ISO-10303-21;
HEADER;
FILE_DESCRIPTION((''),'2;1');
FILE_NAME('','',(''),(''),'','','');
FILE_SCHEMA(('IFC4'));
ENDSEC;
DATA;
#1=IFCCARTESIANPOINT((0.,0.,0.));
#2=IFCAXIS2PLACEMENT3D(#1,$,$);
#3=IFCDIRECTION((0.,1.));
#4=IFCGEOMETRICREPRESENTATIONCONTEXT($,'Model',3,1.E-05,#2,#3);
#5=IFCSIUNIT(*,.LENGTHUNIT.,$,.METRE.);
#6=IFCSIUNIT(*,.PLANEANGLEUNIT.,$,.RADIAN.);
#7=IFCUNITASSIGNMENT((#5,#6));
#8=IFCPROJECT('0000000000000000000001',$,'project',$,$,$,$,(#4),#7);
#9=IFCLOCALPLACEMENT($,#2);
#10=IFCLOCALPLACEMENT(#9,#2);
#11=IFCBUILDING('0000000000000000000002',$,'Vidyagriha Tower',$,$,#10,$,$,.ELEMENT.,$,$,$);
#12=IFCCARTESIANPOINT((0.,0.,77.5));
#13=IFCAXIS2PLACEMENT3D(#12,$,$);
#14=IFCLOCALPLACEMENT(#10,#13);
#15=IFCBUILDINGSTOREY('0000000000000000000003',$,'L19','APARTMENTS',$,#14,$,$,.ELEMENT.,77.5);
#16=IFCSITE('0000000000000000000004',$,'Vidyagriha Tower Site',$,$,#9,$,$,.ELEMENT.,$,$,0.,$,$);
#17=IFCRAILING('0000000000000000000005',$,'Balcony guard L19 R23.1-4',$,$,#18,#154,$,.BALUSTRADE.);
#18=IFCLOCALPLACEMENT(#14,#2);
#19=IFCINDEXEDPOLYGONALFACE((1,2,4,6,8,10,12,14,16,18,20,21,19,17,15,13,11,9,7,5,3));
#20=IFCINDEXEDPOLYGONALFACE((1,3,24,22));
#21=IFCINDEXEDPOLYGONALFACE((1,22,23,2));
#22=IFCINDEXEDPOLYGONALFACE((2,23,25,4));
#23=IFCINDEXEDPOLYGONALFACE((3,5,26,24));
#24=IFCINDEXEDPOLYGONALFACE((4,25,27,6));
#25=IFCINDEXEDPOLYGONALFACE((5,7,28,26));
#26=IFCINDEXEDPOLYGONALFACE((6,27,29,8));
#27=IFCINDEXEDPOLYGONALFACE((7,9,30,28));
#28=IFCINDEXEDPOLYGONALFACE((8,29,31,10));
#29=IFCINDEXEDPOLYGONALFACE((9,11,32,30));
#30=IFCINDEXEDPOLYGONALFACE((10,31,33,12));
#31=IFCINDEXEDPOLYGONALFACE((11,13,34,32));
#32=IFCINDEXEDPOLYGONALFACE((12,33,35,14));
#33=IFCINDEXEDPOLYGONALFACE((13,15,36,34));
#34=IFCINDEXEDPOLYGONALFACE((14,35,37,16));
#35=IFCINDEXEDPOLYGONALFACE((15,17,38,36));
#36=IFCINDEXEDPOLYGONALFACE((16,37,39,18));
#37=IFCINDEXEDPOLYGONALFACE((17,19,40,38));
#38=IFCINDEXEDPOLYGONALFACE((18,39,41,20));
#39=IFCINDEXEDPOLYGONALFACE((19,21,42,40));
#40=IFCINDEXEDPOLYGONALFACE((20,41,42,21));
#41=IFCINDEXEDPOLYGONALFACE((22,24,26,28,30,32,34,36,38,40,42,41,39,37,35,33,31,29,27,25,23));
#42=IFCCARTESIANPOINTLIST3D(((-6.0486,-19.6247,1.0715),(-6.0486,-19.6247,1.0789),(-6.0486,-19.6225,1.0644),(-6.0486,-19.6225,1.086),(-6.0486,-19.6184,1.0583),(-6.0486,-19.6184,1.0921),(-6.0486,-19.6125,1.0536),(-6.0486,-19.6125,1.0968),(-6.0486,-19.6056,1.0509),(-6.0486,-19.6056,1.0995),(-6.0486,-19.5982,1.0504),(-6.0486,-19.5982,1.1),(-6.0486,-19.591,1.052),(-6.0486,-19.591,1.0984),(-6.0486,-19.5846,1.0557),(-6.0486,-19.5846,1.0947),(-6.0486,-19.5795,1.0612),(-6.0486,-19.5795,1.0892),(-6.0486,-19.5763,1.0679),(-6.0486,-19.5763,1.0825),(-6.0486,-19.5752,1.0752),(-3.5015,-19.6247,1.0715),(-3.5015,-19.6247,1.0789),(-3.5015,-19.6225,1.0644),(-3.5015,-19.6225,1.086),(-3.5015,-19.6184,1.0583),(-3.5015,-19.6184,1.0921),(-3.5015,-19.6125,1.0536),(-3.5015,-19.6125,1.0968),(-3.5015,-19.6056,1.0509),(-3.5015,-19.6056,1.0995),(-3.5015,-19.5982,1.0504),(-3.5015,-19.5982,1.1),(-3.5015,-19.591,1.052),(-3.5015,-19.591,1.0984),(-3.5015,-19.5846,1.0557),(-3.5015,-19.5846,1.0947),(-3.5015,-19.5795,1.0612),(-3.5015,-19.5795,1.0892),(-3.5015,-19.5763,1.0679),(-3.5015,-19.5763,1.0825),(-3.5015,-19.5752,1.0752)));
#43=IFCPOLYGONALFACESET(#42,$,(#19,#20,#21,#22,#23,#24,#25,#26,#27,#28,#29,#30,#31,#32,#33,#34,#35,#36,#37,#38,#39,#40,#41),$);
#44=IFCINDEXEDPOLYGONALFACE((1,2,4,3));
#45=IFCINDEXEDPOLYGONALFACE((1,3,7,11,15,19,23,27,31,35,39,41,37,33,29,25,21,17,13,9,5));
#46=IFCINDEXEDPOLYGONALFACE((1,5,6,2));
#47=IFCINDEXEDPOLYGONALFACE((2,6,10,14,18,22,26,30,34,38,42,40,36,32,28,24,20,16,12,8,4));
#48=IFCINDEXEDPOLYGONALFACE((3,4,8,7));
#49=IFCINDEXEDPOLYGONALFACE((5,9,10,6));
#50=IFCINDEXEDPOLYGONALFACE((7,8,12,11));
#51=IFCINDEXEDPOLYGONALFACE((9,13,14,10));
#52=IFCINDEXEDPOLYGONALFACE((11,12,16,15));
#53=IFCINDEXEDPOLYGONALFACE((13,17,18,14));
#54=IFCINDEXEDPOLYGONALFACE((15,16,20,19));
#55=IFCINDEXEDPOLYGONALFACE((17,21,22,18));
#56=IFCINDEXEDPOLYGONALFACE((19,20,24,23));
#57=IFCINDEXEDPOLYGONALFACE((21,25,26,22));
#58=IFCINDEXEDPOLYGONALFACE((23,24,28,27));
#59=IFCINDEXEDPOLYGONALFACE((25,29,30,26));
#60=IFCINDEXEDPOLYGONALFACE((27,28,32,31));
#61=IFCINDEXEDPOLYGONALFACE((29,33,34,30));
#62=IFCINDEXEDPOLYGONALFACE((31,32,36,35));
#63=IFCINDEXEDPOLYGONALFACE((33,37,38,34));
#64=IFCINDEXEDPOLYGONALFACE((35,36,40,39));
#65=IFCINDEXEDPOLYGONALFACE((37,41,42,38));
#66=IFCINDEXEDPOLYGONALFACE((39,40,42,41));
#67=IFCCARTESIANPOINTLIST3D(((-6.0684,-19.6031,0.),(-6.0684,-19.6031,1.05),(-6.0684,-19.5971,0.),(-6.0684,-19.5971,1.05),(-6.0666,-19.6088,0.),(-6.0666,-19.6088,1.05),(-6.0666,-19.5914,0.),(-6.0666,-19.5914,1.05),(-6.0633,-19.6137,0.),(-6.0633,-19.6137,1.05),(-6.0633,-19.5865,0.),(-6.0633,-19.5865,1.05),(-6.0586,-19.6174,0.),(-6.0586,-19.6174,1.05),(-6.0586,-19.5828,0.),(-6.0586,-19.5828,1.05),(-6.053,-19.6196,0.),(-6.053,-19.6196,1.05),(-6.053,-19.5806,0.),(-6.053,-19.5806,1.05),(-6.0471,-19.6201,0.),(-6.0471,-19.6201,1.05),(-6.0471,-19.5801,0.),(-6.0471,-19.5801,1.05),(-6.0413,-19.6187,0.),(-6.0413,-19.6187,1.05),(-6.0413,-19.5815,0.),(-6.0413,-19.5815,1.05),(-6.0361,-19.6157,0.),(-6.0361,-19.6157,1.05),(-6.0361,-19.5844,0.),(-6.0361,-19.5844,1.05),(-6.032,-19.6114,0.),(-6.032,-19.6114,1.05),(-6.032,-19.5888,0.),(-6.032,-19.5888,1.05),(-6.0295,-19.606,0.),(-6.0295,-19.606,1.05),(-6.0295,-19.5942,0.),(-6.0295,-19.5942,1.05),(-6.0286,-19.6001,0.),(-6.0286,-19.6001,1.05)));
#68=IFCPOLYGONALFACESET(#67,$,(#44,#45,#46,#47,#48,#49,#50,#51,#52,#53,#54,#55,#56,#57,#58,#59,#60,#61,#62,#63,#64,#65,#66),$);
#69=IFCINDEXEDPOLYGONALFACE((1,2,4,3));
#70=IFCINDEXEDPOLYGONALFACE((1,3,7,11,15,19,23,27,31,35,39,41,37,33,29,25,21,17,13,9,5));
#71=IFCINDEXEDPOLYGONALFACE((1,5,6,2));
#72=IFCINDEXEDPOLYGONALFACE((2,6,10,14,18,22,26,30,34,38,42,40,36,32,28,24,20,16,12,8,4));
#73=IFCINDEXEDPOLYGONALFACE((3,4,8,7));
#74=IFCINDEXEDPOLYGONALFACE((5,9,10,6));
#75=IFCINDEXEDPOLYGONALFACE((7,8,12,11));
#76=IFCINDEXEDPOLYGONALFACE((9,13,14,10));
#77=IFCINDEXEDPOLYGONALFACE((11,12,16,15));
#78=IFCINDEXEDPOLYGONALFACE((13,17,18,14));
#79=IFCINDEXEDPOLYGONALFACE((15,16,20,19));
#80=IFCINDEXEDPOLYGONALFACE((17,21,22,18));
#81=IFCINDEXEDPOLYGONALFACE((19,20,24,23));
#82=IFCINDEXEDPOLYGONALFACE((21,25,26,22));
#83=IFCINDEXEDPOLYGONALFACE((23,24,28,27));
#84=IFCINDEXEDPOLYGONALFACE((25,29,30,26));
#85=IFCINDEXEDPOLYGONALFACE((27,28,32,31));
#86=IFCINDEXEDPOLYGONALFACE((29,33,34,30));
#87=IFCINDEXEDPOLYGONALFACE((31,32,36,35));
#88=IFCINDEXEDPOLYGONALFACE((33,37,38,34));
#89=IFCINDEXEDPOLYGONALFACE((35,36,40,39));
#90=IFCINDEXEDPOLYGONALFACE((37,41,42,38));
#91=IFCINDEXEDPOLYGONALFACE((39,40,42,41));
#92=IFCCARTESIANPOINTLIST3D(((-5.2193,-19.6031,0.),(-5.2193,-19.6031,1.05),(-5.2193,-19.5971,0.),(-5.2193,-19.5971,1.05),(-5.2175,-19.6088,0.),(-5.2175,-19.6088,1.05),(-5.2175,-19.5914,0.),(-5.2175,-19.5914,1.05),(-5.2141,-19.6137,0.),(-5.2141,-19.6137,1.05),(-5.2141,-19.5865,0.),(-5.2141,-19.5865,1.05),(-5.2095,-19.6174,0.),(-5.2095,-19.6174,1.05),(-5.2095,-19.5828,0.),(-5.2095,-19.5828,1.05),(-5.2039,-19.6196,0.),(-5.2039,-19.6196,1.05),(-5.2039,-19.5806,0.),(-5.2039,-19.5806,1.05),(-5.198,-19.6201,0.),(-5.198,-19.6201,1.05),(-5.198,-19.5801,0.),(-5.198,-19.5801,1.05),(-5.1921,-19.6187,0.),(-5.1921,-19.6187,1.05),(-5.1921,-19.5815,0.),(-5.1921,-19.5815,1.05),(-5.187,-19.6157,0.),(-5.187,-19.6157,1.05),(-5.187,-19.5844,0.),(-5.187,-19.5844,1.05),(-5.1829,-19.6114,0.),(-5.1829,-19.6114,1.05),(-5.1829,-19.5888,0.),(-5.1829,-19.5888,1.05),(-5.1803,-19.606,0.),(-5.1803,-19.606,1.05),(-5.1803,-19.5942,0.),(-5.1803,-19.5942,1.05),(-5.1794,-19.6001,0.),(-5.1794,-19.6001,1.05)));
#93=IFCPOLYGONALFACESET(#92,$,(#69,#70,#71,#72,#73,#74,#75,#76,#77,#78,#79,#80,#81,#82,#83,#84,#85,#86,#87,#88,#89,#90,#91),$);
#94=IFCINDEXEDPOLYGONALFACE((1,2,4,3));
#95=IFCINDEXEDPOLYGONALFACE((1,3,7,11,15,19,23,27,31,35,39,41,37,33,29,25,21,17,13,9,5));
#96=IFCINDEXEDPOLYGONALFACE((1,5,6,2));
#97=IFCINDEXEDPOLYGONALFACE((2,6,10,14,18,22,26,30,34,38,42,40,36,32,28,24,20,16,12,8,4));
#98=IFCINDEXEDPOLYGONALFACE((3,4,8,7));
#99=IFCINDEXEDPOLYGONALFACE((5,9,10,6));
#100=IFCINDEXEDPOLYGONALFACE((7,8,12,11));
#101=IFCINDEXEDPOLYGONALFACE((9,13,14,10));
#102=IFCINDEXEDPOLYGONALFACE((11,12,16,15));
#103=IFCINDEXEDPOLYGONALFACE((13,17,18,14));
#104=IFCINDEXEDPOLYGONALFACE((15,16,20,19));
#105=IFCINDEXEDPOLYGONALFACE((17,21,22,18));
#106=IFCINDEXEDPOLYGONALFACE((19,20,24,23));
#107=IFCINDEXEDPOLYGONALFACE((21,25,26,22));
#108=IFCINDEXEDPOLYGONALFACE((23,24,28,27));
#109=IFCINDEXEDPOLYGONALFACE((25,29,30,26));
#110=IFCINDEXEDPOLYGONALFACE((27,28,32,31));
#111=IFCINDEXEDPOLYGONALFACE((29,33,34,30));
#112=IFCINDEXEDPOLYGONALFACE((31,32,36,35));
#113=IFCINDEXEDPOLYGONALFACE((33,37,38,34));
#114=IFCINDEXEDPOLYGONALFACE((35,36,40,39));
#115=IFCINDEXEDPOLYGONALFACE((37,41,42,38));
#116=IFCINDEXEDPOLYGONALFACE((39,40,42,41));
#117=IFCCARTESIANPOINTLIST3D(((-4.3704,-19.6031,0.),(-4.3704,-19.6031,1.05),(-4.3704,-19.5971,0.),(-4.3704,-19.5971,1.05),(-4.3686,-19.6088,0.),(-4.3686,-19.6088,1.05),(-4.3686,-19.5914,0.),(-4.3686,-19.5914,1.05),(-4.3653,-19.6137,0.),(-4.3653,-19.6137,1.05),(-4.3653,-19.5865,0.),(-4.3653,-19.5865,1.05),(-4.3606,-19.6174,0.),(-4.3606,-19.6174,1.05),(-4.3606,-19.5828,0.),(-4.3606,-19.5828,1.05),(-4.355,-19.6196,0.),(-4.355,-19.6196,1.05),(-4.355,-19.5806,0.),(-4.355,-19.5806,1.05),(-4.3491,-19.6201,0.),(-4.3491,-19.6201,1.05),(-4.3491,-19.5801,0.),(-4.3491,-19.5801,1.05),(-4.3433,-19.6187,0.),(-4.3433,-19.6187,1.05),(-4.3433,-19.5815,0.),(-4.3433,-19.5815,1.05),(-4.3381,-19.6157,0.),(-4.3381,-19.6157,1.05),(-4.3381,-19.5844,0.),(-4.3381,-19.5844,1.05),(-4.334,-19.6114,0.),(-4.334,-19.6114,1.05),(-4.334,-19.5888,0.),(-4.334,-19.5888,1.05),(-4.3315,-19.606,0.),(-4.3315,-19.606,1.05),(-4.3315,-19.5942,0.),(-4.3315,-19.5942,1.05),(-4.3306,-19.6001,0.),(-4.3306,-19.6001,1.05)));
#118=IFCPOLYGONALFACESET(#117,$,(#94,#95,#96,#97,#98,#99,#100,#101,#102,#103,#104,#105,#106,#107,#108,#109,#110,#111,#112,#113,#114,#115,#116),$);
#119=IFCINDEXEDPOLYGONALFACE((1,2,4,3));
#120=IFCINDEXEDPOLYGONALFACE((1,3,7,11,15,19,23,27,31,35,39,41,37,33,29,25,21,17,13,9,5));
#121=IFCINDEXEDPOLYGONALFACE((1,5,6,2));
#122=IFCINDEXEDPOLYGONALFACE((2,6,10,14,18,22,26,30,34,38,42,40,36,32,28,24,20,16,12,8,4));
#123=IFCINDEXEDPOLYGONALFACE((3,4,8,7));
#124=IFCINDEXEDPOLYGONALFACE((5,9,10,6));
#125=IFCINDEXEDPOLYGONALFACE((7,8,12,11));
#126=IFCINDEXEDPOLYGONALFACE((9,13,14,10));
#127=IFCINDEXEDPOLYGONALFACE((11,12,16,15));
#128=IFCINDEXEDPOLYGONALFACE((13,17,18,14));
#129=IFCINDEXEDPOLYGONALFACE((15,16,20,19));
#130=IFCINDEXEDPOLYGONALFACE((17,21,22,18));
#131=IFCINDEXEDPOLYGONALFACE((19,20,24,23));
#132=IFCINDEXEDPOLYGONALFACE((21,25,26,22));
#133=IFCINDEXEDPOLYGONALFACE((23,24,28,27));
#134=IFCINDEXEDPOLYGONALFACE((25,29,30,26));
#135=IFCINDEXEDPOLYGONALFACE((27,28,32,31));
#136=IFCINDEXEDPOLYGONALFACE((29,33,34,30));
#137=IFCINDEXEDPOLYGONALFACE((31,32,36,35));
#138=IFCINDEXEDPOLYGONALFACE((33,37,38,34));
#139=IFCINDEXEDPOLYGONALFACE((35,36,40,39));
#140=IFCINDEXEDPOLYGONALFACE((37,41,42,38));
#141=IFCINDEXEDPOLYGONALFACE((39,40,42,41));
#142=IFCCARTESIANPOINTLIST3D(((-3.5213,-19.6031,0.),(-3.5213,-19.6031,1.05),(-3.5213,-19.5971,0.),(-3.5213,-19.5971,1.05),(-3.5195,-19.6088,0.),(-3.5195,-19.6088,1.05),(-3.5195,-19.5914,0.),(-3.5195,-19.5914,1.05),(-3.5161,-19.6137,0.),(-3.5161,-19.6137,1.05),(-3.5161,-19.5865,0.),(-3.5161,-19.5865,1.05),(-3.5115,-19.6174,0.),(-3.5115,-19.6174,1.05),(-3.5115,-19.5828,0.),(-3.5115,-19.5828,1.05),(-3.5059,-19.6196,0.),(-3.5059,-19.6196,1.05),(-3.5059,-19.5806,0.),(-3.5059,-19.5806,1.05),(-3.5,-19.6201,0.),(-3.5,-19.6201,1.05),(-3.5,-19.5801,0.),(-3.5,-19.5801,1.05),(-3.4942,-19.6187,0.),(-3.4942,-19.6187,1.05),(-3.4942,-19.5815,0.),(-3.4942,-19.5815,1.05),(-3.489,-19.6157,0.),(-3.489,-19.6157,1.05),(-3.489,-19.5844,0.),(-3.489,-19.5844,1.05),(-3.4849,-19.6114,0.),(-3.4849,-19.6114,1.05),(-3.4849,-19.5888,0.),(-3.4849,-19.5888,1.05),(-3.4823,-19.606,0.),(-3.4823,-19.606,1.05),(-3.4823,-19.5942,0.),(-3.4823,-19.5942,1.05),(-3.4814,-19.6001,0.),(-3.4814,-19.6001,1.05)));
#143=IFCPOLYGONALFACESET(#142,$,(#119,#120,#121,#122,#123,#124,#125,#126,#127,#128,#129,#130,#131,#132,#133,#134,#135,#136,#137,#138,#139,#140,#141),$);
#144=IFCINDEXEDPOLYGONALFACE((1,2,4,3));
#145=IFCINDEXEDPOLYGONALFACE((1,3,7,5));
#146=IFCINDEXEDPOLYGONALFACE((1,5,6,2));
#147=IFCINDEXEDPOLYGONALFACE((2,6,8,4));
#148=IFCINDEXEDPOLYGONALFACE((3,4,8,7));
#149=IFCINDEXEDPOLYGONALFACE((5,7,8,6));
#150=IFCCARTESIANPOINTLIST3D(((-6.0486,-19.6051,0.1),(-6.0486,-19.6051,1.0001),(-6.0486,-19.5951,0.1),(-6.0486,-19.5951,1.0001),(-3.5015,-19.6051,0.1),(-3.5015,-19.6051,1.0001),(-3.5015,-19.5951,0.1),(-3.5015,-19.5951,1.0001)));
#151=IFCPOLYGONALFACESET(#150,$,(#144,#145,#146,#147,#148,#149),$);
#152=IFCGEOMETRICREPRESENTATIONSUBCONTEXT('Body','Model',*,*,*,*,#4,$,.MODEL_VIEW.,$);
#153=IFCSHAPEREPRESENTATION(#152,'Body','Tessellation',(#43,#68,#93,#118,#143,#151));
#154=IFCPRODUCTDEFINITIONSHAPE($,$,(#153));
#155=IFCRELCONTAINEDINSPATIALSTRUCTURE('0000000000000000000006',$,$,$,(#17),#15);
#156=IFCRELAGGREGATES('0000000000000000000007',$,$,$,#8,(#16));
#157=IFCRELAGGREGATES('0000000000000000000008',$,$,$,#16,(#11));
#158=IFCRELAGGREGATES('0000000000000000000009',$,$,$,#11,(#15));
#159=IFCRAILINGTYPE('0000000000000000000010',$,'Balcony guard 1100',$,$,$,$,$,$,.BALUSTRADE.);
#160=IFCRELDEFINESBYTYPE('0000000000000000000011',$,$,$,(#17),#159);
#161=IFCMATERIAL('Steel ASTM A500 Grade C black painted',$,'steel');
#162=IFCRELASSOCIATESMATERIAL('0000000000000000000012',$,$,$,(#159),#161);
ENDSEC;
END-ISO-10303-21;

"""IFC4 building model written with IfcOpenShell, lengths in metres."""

from ifc_helpers import new_model, si_unit, direction, frame, origin, origin_2d, place, context, subcontext, project, spatial, rectangle, circle, extrude, material, type_object, element, save


model = new_model("IFC4")

# Units and contexts
model_context = context("Model", 3, precision=1e-05, world=origin(), true_north=direction((0.0, 1.0)))
body_context = subcontext(model_context, "Body", "Model", "MODEL_VIEW")
ifc_project = project(units=[si_unit("LENGTHUNIT", "METRE"), si_unit("PLANEANGLEUNIT", "RADIAN")], contexts=[model_context])

# Site, building, storey
site_placement = place(None, origin())
site = spatial("IfcSite", under=ifc_project, at=site_placement, Name="Vidyagriha Tower Site", CompositionType="ELEMENT", RefElevation=0.0)
building_placement = place(site_placement, origin())
building = spatial("IfcBuilding", under=site, at=building_placement, Name="Vidyagriha Tower", CompositionType="ELEMENT")
storey_placement = place(building_placement, frame((0.0, 0.0, 77.5)))
storey = spatial("IfcBuildingStorey", under=building, at=storey_placement, Name="L19", Description="APARTMENTS", CompositionType="ELEMENT", Elevation=77.5)

# Railing
ifc_material_1 = material(Name="Steel ASTM A500 Grade C black painted", Category="steel")
railing_type = type_object("IfcRailingType", Name="Balcony guard 1100", PredefinedType="BALUSTRADE", material=ifc_material_1)
railing_1_placement = place(storey_placement, frame((-6.0486, -19.6001, 0.0)))
element("IfcRailing", 1, at=railing_1_placement, inside=storey, type_object=railing_type, Name="Balcony guard L19 R23.1-4", PredefinedType="BALUSTRADE", context=body_context, shape_type="SweptSolid", body=[
    extrude(circle(Radius=0.0249, at=origin_2d()), frame((0.0, 0.0, 1.0752), z_axis=(1.0, 0.0, 0.0), x_axis=(0.0, 1.0, 0.0)), (0.0, 0.0, 1.0), 2.5471),
    extrude(circle(Radius=0.02, at=origin_2d()), origin(), (0.0, 0.0, 1.0), 1.05),
    extrude(circle(Radius=0.02, at=origin_2d()), frame((0.8491, 0.0, 0.0)), (0.0, 0.0, 1.0), 1.05),
    extrude(circle(Radius=0.02, at=origin_2d()), frame((1.698, 0.0, 0.0)), (0.0, 0.0, 1.0), 1.05),
    extrude(circle(Radius=0.02, at=origin_2d()), frame((2.5471, 0.0, 0.0)), (0.0, 0.0, 1.0), 1.05),
    extrude(rectangle(XDim=0.01, YDim=0.9001, at=origin_2d()), frame((0.0, 0.0, 0.55), z_axis=(1.0, 0.0, 0.0), x_axis=(0.0, 1.0, 0.0)), (0.0, 0.0, 1.0), 2.5471),
])

save(model, "model.ifc")
